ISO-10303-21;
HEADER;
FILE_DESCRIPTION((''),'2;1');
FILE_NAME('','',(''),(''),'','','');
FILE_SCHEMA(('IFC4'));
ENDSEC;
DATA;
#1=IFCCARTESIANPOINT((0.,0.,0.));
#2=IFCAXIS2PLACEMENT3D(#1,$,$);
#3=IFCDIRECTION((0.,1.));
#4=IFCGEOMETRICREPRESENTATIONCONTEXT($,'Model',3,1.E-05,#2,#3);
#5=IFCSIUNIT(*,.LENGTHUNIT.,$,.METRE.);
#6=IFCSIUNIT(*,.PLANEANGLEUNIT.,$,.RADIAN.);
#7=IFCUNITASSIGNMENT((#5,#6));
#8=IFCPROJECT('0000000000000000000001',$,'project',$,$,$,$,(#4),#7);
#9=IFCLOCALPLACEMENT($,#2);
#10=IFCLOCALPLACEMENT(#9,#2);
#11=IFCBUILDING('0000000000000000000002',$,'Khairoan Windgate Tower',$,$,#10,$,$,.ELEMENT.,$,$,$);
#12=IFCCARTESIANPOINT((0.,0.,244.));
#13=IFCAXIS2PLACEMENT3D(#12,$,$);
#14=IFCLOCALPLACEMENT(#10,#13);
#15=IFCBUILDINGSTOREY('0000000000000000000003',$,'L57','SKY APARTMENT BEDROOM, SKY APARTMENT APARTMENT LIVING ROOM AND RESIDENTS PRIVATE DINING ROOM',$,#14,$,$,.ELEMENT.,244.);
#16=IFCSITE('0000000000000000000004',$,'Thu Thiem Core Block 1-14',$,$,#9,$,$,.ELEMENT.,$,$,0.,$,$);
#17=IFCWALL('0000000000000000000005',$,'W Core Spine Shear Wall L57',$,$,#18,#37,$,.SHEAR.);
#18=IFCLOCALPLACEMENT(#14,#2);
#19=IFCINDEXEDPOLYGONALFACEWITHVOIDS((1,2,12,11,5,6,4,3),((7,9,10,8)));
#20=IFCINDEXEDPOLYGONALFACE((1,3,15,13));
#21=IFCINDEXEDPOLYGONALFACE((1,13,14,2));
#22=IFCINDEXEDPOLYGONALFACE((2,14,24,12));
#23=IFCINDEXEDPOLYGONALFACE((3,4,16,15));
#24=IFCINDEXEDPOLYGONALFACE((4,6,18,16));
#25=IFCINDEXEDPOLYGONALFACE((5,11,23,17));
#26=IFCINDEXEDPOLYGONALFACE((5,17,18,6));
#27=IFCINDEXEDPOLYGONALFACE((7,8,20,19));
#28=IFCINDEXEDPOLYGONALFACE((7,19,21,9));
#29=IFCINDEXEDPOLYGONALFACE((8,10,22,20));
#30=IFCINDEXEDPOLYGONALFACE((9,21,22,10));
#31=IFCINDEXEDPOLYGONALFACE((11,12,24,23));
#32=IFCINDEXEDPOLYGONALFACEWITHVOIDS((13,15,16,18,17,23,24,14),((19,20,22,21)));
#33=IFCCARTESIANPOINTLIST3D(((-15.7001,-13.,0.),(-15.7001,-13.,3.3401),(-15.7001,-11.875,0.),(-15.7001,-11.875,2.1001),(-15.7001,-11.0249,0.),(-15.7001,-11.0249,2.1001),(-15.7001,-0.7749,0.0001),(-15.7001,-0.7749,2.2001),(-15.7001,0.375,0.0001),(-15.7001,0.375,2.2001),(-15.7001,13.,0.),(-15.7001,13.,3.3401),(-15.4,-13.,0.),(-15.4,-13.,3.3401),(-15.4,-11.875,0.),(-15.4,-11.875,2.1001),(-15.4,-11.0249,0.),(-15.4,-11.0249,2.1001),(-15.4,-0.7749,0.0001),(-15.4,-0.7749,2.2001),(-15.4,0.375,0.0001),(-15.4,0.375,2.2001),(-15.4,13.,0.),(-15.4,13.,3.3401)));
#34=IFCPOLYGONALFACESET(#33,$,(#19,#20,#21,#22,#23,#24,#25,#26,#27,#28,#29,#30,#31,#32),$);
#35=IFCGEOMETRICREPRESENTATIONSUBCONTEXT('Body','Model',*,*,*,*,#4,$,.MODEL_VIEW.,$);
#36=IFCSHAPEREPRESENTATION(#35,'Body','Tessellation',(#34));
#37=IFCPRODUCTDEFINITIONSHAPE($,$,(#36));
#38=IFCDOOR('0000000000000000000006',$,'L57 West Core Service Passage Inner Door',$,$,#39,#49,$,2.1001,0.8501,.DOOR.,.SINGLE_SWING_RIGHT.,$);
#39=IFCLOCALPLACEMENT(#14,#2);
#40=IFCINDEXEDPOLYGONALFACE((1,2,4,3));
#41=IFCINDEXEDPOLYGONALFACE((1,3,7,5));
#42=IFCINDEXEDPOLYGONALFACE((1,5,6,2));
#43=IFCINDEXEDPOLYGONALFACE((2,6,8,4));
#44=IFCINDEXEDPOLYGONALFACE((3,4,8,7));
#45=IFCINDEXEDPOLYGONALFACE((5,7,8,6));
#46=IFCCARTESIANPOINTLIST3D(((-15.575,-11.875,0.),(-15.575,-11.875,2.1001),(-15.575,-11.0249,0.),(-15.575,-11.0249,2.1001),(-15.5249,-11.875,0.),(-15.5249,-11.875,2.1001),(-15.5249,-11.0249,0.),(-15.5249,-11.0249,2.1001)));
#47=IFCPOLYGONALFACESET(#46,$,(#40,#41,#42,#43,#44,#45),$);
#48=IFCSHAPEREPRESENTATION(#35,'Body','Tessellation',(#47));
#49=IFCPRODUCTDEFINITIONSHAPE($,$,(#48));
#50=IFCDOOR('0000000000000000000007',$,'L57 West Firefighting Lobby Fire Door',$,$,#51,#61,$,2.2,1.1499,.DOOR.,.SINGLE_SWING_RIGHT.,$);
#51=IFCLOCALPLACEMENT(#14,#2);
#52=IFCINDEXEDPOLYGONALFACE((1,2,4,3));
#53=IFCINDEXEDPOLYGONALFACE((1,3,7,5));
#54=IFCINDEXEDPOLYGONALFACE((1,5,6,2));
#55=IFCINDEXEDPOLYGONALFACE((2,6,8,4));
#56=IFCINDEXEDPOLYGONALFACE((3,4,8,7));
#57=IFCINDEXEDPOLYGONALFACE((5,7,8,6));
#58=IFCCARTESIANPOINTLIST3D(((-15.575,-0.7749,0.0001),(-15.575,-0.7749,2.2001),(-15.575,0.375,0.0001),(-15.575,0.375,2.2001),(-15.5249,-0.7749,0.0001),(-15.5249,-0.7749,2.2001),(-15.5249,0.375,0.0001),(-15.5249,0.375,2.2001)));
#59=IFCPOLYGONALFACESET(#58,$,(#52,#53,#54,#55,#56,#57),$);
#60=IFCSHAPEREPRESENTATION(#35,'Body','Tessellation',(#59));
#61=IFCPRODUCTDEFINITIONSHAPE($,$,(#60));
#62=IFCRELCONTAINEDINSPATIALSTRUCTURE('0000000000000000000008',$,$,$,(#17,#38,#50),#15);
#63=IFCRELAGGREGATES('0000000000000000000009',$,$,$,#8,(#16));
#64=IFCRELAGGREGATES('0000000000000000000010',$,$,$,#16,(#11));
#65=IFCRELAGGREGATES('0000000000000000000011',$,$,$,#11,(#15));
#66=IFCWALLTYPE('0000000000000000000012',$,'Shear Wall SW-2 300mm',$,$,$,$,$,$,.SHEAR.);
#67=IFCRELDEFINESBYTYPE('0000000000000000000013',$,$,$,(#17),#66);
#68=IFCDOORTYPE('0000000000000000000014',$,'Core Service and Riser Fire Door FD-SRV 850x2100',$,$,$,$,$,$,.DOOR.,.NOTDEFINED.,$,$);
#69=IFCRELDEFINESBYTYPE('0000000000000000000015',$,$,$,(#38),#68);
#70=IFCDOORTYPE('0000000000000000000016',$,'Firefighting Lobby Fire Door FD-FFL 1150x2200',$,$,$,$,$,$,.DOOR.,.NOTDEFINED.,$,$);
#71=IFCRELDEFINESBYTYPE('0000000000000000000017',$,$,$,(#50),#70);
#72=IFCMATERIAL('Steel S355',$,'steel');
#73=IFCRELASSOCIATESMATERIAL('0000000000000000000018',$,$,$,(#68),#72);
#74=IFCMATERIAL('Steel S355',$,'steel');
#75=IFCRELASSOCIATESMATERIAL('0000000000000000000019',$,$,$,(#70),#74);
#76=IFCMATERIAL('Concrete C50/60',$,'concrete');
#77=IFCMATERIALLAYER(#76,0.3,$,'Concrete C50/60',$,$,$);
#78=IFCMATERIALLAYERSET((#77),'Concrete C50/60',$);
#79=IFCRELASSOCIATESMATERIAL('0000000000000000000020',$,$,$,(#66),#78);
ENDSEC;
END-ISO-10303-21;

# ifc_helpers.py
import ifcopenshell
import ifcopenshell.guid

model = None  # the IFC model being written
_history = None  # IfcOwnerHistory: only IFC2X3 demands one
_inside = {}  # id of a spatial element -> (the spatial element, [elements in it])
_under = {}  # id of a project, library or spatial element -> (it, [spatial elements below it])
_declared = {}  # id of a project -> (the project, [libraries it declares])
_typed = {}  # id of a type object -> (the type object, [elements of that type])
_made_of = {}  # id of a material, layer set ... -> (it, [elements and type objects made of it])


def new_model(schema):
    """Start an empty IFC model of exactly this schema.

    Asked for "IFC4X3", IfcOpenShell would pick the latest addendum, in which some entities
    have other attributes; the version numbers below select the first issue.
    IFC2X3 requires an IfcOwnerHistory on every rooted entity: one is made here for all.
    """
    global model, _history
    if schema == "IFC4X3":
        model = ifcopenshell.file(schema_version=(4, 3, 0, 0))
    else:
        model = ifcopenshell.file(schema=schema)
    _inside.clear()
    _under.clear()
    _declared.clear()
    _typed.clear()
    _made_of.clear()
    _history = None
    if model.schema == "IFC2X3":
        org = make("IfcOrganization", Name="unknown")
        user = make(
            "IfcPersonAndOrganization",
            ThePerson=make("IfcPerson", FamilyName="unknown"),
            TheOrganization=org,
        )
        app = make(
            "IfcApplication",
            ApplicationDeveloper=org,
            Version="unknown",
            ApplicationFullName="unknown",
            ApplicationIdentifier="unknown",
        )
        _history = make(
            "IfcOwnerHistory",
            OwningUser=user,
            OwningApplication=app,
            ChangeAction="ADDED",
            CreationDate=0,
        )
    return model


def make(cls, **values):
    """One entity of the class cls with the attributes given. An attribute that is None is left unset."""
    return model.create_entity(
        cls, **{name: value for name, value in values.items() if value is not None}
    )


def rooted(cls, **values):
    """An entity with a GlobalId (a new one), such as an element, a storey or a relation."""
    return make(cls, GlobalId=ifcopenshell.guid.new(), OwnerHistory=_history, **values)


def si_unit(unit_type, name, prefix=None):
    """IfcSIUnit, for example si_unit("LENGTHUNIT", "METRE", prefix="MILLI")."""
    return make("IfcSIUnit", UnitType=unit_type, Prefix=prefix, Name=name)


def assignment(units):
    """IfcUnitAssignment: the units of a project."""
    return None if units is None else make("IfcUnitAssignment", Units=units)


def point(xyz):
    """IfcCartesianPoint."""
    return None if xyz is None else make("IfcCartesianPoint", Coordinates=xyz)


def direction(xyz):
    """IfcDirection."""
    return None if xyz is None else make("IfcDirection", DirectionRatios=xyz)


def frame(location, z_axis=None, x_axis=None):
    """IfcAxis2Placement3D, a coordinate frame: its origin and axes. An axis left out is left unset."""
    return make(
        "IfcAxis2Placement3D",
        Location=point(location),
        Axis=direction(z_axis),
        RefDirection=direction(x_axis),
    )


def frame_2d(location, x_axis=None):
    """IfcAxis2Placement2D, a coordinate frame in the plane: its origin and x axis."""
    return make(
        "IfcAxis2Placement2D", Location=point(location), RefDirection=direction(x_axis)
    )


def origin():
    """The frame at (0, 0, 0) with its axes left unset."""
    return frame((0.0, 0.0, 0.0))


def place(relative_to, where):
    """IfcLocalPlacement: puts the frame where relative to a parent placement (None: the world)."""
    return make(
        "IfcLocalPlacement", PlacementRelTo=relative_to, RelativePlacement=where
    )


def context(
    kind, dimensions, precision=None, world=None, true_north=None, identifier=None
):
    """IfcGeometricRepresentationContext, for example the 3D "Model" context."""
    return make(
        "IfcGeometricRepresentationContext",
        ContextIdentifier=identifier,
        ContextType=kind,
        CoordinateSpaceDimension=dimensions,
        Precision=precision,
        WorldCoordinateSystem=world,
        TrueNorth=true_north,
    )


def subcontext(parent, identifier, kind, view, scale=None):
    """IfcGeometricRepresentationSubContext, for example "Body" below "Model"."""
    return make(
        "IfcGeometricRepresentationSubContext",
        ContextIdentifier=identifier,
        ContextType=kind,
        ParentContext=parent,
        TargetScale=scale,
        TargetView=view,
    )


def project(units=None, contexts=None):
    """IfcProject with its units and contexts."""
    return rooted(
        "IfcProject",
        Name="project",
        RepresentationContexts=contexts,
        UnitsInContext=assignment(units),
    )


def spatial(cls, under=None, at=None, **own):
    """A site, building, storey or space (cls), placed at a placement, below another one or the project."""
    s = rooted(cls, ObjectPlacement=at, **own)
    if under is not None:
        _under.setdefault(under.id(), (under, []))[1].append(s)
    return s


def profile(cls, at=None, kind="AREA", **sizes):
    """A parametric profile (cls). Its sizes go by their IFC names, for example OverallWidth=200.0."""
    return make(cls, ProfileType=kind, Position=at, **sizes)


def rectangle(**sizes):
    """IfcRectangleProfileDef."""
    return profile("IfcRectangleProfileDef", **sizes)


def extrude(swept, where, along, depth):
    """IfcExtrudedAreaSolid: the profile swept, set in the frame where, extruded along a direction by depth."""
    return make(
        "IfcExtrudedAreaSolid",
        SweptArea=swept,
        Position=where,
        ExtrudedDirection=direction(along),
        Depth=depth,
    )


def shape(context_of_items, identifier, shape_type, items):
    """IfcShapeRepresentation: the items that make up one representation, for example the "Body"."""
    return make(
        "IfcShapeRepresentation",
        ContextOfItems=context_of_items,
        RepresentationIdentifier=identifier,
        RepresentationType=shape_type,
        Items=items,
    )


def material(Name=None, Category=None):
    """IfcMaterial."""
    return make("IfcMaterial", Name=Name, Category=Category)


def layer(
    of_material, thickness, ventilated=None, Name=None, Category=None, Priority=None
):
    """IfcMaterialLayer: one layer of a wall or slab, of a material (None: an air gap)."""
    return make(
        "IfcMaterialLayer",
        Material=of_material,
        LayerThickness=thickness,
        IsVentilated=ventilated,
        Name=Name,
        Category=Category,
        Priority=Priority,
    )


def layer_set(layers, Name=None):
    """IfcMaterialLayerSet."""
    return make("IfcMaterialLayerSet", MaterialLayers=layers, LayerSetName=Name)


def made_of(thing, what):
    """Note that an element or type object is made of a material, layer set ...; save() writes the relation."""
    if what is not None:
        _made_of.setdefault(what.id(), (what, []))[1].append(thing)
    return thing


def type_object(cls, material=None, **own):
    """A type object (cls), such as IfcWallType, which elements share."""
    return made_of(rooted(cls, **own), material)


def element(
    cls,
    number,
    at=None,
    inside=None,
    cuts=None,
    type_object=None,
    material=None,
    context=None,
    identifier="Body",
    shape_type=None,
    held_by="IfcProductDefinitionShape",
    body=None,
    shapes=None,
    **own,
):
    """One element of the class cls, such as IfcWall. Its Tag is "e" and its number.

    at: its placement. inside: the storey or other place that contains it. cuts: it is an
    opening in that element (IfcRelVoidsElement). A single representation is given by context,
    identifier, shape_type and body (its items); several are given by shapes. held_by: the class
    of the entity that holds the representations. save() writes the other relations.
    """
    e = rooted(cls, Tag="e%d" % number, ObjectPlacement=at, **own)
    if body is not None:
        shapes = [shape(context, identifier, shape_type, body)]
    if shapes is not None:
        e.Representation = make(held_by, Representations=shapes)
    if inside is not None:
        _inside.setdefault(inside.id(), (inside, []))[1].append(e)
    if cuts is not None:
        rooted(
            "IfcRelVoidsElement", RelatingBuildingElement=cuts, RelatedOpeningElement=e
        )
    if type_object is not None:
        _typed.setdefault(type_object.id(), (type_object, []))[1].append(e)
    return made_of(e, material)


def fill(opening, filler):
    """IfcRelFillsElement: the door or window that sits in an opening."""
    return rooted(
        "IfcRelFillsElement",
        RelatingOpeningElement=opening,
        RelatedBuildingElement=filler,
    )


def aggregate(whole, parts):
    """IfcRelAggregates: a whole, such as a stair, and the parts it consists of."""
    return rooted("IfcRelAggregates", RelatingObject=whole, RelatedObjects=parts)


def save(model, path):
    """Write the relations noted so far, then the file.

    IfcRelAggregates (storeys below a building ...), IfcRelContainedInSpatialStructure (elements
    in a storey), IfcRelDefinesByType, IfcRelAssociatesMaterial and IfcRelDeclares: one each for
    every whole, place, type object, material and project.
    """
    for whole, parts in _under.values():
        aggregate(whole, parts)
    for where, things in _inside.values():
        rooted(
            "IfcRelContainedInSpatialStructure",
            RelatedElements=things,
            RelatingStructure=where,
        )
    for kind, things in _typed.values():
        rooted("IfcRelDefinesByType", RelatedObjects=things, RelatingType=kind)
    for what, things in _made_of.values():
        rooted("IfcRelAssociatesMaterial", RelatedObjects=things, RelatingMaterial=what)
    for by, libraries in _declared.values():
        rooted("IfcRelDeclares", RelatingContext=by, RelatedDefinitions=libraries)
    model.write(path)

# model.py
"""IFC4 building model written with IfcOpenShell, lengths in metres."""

from ifc_helpers import new_model, si_unit, direction, frame, frame_2d, origin, place, context, subcontext, project, spatial, rectangle, extrude, material, layer, layer_set, type_object, element, fill, save


model = new_model("IFC4")

# Units and contexts
model_context = context("Model", 3, precision=1e-05, world=origin(), true_north=direction((0.0, 1.0)))
body_context = subcontext(model_context, "Body", "Model", "MODEL_VIEW")
ifc_project = project(units=[si_unit("LENGTHUNIT", "METRE"), si_unit("PLANEANGLEUNIT", "RADIAN")], contexts=[model_context])

# Site, building, storey
site_placement = place(None, origin())
site = spatial("IfcSite", under=ifc_project, at=site_placement, Name="Thu Thiem Core Block 1-14", CompositionType="ELEMENT", RefElevation=0.0)
building_placement = place(site_placement, origin())
building = spatial("IfcBuilding", under=site, at=building_placement, Name="Khairoan Windgate Tower", CompositionType="ELEMENT")
storey_placement = place(building_placement, frame((0.0, 0.0, 244.0)))
storey = spatial("IfcBuildingStorey", under=building, at=storey_placement, Name="L57", Description="SKY APARTMENT BEDROOM, SKY APARTMENT APARTMENT LIVING ROOM AND RESIDENTS PRIVATE DINING ROOM", CompositionType="ELEMENT", Elevation=244.0)

# Wall, openings, doors
ifc_material_1 = material(Name="Steel S355", Category="steel")
door_type_1 = type_object("IfcDoorType", Name="Core Service and Riser Fire Door FD-SRV 850x2100", OperationType="NOTDEFINED", PredefinedType="DOOR", material=ifc_material_1)
ifc_material_2 = material(Name="Steel S355", Category="steel")
door_type_2 = type_object("IfcDoorType", Name="Firefighting Lobby Fire Door FD-FFL 1150x2200", OperationType="NOTDEFINED", PredefinedType="DOOR", material=ifc_material_2)
ifc_material_3 = material(Name="Concrete C50/60", Category="concrete")
ifc_layer_1 = layer(ifc_material_3, 0.3, Name="Concrete C50/60")
ifc_layer_set_1 = layer_set([ifc_layer_1], Name="Concrete C50/60")
wall_type_1 = type_object("IfcWallType", Name="Shear Wall SW-2 300mm", PredefinedType="SHEAR", material=ifc_layer_set_1)
wall_1_placement = place(storey_placement, frame((-15.55, -13.0, 0.0), z_axis=(0.0, 0.0, 1.0), x_axis=(0.0, 1.0, 0.0)))
wall_1 = element("IfcWall", 1, at=wall_1_placement, inside=storey, type_object=wall_type_1, Name="W Core Spine Shear Wall L57", PredefinedType="SHEAR", context=body_context, shape_type="SweptSolid", body=[
    extrude(rectangle(XDim=26.0, YDim=0.3, at=frame_2d((13.0, 0.0))), origin(), (0.0, 0.0, 1.0), 3.3401),
])
opening_1_placement = place(wall_1_placement, frame((12.2251, 0.0, 0.0)))
opening_1 = element("IfcOpeningElement", 2, at=opening_1_placement, cuts=wall_1, PredefinedType="OPENING", context=body_context, shape_type="SweptSolid", body=[
    extrude(rectangle(XDim=1.1499, YDim=2.2, at=frame_2d((0.575, 1.1001))), frame((0.0, 0.1599, 0.0), z_axis=(0.0, -1.0, 0.0), x_axis=(1.0, 0.0, 0.0)), (0.0, 0.0, 1.0), 0.3201),
])
opening_2_placement = place(wall_1_placement, frame((1.125, 0.0, 0.0)))
opening_2 = element("IfcOpeningElement", 3, at=opening_2_placement, cuts=wall_1, PredefinedType="OPENING", context=body_context, shape_type="SweptSolid", body=[
    extrude(rectangle(XDim=0.8501, YDim=2.1001, at=frame_2d((0.425, 1.05))), frame((0.0, 0.1599, 0.0), z_axis=(0.0, -1.0, 0.0), x_axis=(1.0, 0.0, 0.0)), (0.0, 0.0, 1.0), 0.3201),
])
door_1_placement = place(opening_2_placement, origin())
door_1 = element("IfcDoor", 4, at=door_1_placement, inside=storey, type_object=door_type_1, Name="L57 West Core Service Passage Inner Door", OperationType="SINGLE_SWING_RIGHT", OverallHeight=2.1001, OverallWidth=0.8501, PredefinedType="DOOR", context=body_context, shape_type="SweptSolid", body=[
    extrude(rectangle(XDim=0.8501, YDim=2.1001, at=frame_2d((0.425, 1.05))), frame((0.0, 0.0249, 0.0), z_axis=(0.0, -1.0, 0.0), x_axis=(1.0, 0.0, 0.0)), (0.0, 0.0, 1.0), 0.05),
])
fill(opening_2, door_1)
door_2_placement = place(opening_1_placement, origin())
door_2 = element("IfcDoor", 5, at=door_2_placement, inside=storey, type_object=door_type_2, Name="L57 West Firefighting Lobby Fire Door", OperationType="SINGLE_SWING_RIGHT", OverallHeight=2.2, OverallWidth=1.1499, PredefinedType="DOOR", context=body_context, shape_type="SweptSolid", body=[
    extrude(rectangle(XDim=1.1499, YDim=2.2, at=frame_2d((0.575, 1.1001))), frame((0.0, 0.0249, 0.0), z_axis=(0.0, -1.0, 0.0), x_axis=(1.0, 0.0, 0.0)), (0.0, 0.0, 1.0), 0.05),
])
fill(opening_1, door_2)

save(model, "model.ifc")
